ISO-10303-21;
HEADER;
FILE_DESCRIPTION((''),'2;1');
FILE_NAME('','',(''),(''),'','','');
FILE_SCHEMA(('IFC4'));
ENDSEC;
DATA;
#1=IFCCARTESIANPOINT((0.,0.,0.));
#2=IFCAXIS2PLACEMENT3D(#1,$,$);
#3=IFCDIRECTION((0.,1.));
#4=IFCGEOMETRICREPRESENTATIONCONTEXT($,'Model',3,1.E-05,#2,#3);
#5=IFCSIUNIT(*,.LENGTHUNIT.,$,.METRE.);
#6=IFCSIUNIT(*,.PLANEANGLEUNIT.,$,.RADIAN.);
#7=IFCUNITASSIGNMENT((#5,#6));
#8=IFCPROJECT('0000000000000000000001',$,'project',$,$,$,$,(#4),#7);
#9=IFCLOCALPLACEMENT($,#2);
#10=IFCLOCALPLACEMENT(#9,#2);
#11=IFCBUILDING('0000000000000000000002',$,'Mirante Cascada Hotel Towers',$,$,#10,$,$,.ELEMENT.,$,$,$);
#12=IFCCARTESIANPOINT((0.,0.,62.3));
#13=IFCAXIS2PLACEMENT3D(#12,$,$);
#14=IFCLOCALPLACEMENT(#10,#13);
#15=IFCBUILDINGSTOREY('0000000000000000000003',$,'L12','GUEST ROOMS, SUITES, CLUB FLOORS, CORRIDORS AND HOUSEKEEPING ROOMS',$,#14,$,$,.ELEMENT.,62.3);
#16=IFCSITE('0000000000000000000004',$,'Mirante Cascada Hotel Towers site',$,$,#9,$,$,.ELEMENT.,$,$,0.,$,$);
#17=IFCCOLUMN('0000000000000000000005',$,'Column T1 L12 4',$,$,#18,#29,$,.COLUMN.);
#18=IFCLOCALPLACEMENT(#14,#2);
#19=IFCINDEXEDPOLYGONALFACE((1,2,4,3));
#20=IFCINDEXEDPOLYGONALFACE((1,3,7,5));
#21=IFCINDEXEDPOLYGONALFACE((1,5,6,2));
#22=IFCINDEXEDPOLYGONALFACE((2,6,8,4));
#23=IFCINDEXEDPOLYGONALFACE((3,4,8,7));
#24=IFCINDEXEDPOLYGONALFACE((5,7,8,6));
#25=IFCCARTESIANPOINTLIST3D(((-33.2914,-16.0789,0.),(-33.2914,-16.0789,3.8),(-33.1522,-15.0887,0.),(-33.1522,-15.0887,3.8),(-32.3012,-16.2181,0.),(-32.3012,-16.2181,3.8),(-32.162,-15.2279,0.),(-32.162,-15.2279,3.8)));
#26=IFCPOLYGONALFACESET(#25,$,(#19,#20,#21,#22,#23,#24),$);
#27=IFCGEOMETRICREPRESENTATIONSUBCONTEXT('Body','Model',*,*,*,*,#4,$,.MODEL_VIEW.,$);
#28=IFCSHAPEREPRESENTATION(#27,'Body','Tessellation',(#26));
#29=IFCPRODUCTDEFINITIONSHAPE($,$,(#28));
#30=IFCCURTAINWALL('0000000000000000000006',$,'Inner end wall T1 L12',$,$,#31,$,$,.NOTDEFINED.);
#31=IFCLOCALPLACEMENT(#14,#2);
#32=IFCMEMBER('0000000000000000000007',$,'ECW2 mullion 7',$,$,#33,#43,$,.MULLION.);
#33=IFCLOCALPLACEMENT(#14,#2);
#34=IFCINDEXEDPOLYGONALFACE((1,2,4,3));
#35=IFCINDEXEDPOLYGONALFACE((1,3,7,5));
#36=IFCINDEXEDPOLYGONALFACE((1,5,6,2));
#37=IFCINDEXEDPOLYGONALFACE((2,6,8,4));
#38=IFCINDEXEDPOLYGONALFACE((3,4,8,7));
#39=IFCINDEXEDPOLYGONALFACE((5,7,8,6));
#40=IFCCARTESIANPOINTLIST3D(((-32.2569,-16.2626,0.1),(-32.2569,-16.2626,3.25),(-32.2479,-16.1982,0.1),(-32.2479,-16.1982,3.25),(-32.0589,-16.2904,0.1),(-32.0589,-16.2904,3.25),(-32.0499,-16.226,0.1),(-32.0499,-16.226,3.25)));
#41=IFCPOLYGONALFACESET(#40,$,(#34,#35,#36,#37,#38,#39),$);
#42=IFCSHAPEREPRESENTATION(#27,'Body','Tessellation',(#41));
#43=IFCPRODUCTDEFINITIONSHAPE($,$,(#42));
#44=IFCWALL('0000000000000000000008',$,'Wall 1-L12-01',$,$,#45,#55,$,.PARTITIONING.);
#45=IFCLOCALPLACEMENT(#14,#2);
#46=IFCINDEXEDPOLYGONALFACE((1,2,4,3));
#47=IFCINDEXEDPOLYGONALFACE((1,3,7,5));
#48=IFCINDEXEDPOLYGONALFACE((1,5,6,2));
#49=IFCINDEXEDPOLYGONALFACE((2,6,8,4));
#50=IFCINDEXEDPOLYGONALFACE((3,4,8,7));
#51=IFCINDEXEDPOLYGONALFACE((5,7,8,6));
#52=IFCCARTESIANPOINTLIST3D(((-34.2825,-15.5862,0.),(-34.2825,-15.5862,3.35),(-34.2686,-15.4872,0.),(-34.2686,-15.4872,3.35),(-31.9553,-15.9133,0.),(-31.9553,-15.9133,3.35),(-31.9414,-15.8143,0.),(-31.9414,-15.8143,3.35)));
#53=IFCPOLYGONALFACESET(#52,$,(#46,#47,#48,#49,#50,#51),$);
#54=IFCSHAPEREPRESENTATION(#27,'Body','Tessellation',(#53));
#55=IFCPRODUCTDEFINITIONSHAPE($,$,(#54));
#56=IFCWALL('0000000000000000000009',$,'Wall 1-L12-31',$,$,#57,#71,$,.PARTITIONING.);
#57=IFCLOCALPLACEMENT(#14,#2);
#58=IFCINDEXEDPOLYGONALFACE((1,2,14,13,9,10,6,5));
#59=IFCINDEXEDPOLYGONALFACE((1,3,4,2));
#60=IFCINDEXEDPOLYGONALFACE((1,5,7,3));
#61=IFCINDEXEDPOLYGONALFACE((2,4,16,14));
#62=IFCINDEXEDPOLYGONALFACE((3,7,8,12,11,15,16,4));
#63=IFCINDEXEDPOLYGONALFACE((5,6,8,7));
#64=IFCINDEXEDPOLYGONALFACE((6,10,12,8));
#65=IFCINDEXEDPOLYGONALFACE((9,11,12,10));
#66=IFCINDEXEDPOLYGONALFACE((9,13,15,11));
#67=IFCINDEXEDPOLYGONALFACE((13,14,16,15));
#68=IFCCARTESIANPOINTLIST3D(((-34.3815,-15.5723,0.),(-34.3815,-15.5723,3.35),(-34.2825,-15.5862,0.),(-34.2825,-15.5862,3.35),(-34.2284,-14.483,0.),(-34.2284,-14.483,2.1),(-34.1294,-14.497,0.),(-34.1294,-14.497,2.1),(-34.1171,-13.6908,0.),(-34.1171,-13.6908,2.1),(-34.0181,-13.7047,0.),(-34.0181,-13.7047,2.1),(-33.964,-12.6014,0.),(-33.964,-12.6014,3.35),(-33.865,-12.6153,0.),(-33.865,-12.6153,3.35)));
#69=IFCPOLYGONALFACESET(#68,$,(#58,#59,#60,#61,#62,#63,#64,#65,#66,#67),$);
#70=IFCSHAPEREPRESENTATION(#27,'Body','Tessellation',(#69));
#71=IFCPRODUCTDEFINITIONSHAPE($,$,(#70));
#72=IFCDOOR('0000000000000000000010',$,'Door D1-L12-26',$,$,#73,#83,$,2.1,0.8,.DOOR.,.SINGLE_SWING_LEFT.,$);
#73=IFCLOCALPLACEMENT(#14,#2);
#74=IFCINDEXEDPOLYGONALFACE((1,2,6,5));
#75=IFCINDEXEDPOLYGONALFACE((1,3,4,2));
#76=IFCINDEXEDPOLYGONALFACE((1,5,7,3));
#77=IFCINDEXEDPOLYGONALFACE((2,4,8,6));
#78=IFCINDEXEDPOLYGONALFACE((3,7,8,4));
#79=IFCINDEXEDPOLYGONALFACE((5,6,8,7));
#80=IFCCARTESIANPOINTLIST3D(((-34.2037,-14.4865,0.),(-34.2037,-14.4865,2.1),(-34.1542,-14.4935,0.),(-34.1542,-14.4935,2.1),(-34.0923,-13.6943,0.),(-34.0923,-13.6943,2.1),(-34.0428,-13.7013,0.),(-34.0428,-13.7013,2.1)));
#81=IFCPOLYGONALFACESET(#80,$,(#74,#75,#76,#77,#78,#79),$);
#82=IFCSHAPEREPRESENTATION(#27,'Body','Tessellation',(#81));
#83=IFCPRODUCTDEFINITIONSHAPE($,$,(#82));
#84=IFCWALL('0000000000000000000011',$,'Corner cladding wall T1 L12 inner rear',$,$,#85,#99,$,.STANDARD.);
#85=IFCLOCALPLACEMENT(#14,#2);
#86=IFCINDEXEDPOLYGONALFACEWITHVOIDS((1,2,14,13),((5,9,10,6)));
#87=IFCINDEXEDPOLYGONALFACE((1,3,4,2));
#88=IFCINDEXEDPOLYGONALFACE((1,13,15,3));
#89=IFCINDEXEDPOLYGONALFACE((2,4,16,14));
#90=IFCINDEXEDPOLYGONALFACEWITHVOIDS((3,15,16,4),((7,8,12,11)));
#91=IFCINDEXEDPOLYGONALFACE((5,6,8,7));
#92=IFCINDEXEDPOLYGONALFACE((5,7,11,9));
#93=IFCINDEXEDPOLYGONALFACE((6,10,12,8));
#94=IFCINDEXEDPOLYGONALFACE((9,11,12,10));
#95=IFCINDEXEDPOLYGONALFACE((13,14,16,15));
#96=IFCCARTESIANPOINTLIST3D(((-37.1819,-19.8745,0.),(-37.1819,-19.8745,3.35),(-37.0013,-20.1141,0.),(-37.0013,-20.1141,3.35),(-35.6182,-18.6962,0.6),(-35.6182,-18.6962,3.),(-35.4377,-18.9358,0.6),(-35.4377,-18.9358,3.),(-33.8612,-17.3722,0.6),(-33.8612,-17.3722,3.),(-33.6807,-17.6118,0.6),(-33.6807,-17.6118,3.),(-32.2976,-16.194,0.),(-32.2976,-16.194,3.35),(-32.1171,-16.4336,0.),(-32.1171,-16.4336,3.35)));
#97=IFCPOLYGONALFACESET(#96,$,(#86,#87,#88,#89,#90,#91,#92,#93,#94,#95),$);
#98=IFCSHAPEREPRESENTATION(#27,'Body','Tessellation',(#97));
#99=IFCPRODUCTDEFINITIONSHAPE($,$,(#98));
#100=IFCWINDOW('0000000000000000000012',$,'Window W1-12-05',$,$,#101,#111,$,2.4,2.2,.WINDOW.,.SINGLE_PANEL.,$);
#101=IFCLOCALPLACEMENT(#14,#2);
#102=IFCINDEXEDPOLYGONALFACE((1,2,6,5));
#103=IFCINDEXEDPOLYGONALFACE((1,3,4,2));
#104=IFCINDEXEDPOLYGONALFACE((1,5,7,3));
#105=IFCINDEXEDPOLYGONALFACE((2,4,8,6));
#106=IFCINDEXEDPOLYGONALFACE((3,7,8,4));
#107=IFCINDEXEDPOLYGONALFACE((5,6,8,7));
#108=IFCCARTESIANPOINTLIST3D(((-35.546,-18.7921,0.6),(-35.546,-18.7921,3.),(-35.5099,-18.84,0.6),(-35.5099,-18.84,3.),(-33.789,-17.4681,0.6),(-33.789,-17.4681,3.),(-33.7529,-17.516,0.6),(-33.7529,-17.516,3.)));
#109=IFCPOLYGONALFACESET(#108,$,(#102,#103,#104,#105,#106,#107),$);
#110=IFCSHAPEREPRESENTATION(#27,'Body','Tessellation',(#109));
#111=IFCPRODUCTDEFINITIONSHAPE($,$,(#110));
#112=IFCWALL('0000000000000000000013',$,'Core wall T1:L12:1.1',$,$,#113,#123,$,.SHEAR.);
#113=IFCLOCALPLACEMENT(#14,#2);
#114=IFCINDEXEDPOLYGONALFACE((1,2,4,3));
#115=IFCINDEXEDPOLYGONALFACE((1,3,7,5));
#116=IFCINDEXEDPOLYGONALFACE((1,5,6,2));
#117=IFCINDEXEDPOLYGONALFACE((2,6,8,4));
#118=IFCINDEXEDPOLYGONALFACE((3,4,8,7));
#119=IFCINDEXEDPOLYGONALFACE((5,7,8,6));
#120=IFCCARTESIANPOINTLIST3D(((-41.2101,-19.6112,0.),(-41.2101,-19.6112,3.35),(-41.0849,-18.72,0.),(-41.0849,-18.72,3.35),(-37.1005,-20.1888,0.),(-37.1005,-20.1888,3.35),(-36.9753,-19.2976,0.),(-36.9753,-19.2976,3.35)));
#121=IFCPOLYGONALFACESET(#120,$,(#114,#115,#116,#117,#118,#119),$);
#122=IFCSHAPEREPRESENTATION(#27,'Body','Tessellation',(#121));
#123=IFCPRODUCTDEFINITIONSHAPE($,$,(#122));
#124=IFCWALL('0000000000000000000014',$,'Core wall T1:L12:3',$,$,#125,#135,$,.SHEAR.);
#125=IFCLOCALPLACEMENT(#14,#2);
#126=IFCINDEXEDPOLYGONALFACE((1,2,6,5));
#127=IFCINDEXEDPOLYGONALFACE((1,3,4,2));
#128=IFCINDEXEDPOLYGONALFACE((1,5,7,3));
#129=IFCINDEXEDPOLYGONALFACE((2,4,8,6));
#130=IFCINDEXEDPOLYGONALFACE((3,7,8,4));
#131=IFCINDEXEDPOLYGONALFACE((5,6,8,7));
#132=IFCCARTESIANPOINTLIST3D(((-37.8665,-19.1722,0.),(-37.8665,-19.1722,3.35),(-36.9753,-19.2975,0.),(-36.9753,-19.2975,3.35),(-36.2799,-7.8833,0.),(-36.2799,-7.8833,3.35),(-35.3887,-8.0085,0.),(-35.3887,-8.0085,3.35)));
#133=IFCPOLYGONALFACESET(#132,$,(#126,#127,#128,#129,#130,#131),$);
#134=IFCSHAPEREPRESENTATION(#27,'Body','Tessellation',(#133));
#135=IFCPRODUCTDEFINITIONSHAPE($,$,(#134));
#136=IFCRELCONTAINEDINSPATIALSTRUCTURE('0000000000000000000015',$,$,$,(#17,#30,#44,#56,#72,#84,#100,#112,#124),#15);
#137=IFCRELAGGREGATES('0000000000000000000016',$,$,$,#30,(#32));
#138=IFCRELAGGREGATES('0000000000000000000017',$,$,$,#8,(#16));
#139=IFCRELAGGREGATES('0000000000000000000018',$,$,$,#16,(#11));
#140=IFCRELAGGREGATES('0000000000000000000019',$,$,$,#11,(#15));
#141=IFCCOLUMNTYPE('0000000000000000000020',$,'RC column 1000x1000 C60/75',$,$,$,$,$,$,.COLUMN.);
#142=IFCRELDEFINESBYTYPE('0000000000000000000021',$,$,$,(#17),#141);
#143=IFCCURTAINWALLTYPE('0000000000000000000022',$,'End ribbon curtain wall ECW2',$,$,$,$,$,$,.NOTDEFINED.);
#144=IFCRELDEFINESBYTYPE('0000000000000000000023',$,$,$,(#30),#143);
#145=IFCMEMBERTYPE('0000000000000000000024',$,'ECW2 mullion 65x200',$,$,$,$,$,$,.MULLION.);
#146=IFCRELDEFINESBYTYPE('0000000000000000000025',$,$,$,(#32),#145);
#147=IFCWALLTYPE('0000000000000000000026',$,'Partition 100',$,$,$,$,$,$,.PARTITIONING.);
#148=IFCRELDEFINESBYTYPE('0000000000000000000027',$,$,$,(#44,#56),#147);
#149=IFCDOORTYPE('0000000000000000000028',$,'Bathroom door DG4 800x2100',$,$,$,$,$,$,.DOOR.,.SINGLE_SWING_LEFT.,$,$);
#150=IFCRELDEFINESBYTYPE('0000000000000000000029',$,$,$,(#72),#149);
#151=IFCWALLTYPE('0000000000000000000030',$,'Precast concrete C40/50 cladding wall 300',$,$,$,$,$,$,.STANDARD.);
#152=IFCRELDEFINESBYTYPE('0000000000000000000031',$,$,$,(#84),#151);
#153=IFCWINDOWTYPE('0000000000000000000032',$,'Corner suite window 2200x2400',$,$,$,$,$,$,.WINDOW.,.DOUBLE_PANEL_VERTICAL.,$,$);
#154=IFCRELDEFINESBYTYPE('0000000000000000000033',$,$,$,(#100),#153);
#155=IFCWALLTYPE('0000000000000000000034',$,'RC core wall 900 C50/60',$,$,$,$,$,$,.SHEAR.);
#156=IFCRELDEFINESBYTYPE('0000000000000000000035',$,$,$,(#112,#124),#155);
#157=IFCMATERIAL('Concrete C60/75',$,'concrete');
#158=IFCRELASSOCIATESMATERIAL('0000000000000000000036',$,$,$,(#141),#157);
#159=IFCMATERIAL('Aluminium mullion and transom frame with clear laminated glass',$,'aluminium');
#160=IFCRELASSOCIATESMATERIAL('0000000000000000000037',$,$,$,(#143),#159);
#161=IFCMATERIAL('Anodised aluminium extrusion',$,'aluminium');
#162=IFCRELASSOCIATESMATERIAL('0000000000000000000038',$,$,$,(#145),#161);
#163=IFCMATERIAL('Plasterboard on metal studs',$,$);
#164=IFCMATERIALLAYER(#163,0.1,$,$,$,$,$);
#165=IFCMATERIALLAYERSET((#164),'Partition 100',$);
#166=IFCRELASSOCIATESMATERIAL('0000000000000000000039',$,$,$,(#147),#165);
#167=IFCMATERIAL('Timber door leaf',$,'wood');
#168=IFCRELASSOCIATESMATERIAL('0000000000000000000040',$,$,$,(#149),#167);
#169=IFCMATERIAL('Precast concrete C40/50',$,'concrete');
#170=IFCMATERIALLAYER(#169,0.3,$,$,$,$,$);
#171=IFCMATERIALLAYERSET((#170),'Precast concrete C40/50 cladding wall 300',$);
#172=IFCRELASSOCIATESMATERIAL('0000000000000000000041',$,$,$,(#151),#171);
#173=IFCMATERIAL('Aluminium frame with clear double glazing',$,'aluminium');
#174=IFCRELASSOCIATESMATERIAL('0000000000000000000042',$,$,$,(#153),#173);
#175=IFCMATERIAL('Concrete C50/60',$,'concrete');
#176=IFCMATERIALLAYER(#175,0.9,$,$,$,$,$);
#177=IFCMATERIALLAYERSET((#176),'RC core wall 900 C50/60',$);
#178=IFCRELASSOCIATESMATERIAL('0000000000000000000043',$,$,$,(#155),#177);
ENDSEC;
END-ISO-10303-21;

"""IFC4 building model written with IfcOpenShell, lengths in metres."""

from ifc_helpers import new_model, si_unit, direction, frame, frame_2d, origin, origin_2d, place, context, subcontext, project, spatial, rectangle, extrude, material, layer, layer_set, material_profile, profile_set, type_object, element, fill, aggregate, save


model = new_model("IFC4")

# Units and contexts
model_context = context("Model", 3, precision=1e-05, world=origin(), true_north=direction((0.0, 1.0)))
body_context = subcontext(model_context, "Body", "Model", "MODEL_VIEW")
ifc_project = project(units=[si_unit("LENGTHUNIT", "METRE"), si_unit("PLANEANGLEUNIT", "RADIAN")], contexts=[model_context])

# Site, building, storey
site_placement = place(None, origin())
site = spatial("IfcSite", under=ifc_project, at=site_placement, Name="Mirante Cascada Hotel Towers site", CompositionType="ELEMENT", RefElevation=0.0)
building_placement = place(site_placement, origin())
building = spatial("IfcBuilding", under=site, at=building_placement, Name="Mirante Cascada Hotel Towers", CompositionType="ELEMENT")
storey_placement = place(building_placement, frame((0.0, 0.0, 62.3)))
storey = spatial("IfcBuildingStorey", under=building, at=storey_placement, Name="L12", Description="GUEST ROOMS, SUITES, CLUB FLOORS, CORRIDORS AND HOUSEKEEPING ROOMS", CompositionType="ELEMENT", Elevation=62.3)

# Column
ifc_material_1 = material(Name="Concrete C60/75", Category="concrete")
ifc_material_profile_1 = material_profile(ifc_material_1, rectangle(XDim=1.0, YDim=1.0, at=origin_2d()), Name="RC column 1000x1000 C60/75")
ifc_profile_set_1 = profile_set([ifc_material_profile_1], Name="Concrete C60/75")
column_type = type_object("IfcColumnType", Name="RC column 1000x1000 C60/75", PredefinedType="COLUMN", material=ifc_profile_set_1)
column_placement = place(storey_placement, frame((-32.7267, -15.6534, 0.0), z_axis=(0.0, 0.0, 1.0), x_axis=(-0.990268, 0.139173, 0.0)))
element("IfcColumn", 1, at=column_placement, inside=storey, type_object=column_type, Name="Column T1 L12 4", PredefinedType="COLUMN", context=body_context, shape_type="SweptSolid", body=[
    extrude(rectangle(XDim=1.0, YDim=1.0, at=origin_2d()), origin(), (0.0, 0.0, 1.0), 3.8),
])

# Curtain wall, member
ifc_material_2 = material(Name="Aluminium mullion and transom frame with clear laminated glass", Category="aluminium")
curtain_wall_type = type_object("IfcCurtainWallType", Name="End ribbon curtain wall ECW2", PredefinedType="NOTDEFINED", material=ifc_material_2)
curtain_wall_placement = place(storey_placement, origin())
curtain_wall = element("IfcCurtainWall", 2, at=curtain_wall_placement, inside=storey, type_object=curtain_wall_type, Name="Inner end wall T1 L12", PredefinedType="NOTDEFINED")
ifc_material_3 = material(Name="Anodised aluminium extrusion", Category="aluminium")
ifc_material_profile_2 = material_profile(ifc_material_3, rectangle(XDim=0.2, YDim=0.065, at=origin_2d()), Name="ECW2 MULLION 65x200")
ifc_profile_set_2 = profile_set([ifc_material_profile_2], Name="Anodised aluminium extrusion")
member_type = type_object("IfcMemberType", Name="ECW2 mullion 65x200", PredefinedType="MULLION", material=ifc_profile_set_2)
member_placement = place(storey_placement, frame((-32.1534, -16.2443, 0.1), z_axis=(0.0, 0.0, 1.0), x_axis=(0.990268, -0.139173, 0.0)))
member = element("IfcMember", 3, at=member_placement, type_object=member_type, Name="ECW2 mullion 7", PredefinedType="MULLION", context=body_context, shape_type="SweptSolid", body=[
    extrude(rectangle(XDim=0.2, YDim=0.065, at=origin_2d()), origin(), (0.0, 0.0, 1.0), 3.15),
])
aggregate(curtain_wall, [member])

# Wall
ifc_material_4 = material(Name="Plasterboard on metal studs")
ifc_layer_1 = layer(ifc_material_4, 0.1)
ifc_layer_set_1 = layer_set([ifc_layer_1], Name="Partition 100")
wall_type_1 = type_object("IfcWallType", Name="Partition 100", PredefinedType="PARTITIONING", material=ifc_layer_set_1)
wall_1_placement = place(storey_placement, frame((-31.9484, -15.8638, 0.0), z_axis=(0.0, 0.0, 1.0), x_axis=(-0.990266, 0.139187, 0.0)))
element("IfcWall", 4, at=wall_1_placement, inside=storey, type_object=wall_type_1, Name="Wall 1-L12-01", PredefinedType="PARTITIONING", context=body_context, shape_type="SweptSolid", body=[
    extrude(rectangle(XDim=2.3501, YDim=0.1, at=frame_2d((1.175, 0.0))), origin(), (0.0, 0.0, 1.0), 3.35),
])

# Wall, opening, door
wall_2_placement = place(storey_placement, frame((-34.332, -15.5793, 0.0), z_axis=(0.0, 0.0, 1.0), x_axis=(0.139162, 0.99027, 0.0)))
wall_2 = element("IfcWall", 5, at=wall_2_placement, inside=storey, type_object=wall_type_1, Name="Wall 1-L12-31", PredefinedType="PARTITIONING", context=body_context, shape_type="SweptSolid", body=[
    extrude(rectangle(XDim=3.0001, YDim=0.1, at=frame_2d((1.5001, 0.0))), origin(), (0.0, 0.0, 1.0), 3.35),
])
opening_1_placement = place(wall_2_placement, frame((1.1, 0.0, 0.0)))
opening_1 = element("IfcOpeningElement", 6, at=opening_1_placement, cuts=wall_2, PredefinedType="OPENING", context=body_context, shape_type="SweptSolid", body=[
    extrude(rectangle(XDim=0.8, YDim=2.1, at=frame_2d((0.4, 1.05))), frame((0.0, 0.05, 0.0), z_axis=(0.0, -1.0, 0.0), x_axis=(1.0, 0.0, 0.0)), (0.0, 0.0, 1.0), 0.1),
])
ifc_material_5 = material(Name="Timber door leaf", Category="wood")
door_type = type_object("IfcDoorType", Name="Bathroom door DG4 800x2100", OperationType="SINGLE_SWING_LEFT", PredefinedType="DOOR", material=ifc_material_5)
door_placement = place(opening_1_placement, origin())
door = element("IfcDoor", 7, at=door_placement, inside=storey, type_object=door_type, Name="Door D1-L12-26", OperationType="SINGLE_SWING_LEFT", OverallHeight=2.1, OverallWidth=0.8, PredefinedType="DOOR", context=body_context, shape_type="SweptSolid", body=[
    extrude(rectangle(XDim=0.8, YDim=2.1, at=frame_2d((0.4, 1.05))), frame((0.0, 0.025, 0.0), z_axis=(0.0, -1.0, 0.0), x_axis=(1.0, 0.0, 0.0)), (0.0, 0.0, 1.0), 0.05),
])
fill(opening_1, door)

# Wall, opening, window
ifc_material_6 = material(Name="Precast concrete C40/50", Category="concrete")
ifc_layer_2 = layer(ifc_material_6, 0.3)
ifc_layer_set_2 = layer_set([ifc_layer_2], Name="Precast concrete C40/50 cladding wall 300")
wall_type_2 = type_object("IfcWallType", Name="Precast concrete C40/50 cladding wall 300", PredefinedType="STANDARD", material=ifc_layer_set_2)
wall_3_placement = place(storey_placement, frame((-32.2074, -16.3138, 0.0), z_axis=(0.0, 0.0, 1.0), x_axis=(-0.798636, -0.601814, 0.0)))
wall_3 = element("IfcWall", 8, at=wall_3_placement, inside=storey, type_object=wall_type_2, Name="Corner cladding wall T1 L12 inner rear", PredefinedType="STANDARD", context=body_context, shape_type="SweptSolid", body=[
    extrude(rectangle(XDim=6.1157, YDim=0.3, at=frame_2d((3.0578, 0.0))), origin(), (0.0, 0.0, 1.0), 3.35),
])
opening_2_placement = place(wall_3_placement, frame((1.9578, 0.0, 0.6)))
opening_2 = element("IfcOpeningElement", 9, at=opening_2_placement, cuts=wall_3, PredefinedType="OPENING", context=body_context, shape_type="SweptSolid", body=[
    extrude(rectangle(XDim=2.2, YDim=2.4, at=frame_2d((1.1, 1.2))), frame((0.0, 0.15, 0.0), z_axis=(0.0, -1.0, 0.0), x_axis=(1.0, 0.0, 0.0)), (0.0, 0.0, 1.0), 0.3),
])
ifc_material_7 = material(Name="Aluminium frame with clear double glazing", Category="aluminium")
window_type = type_object("IfcWindowType", Name="Corner suite window 2200x2400", PartitioningType="DOUBLE_PANEL_VERTICAL", PredefinedType="WINDOW", material=ifc_material_7)
window_placement = place(opening_2_placement, origin())
window = element("IfcWindow", 10, at=window_placement, inside=storey, type_object=window_type, Name="Window W1-12-05", OverallHeight=2.4, OverallWidth=2.2, PartitioningType="SINGLE_PANEL", PredefinedType="WINDOW", context=body_context, shape_type="SweptSolid", body=[
    extrude(rectangle(XDim=2.2, YDim=2.4, at=frame_2d((1.1, 1.2))), frame((0.0, 0.03, 0.0), z_axis=(0.0, -1.0, 0.0), x_axis=(1.0, 0.0, 0.0)), (0.0, 0.0, 1.0), 0.06),
])
fill(opening_2, window)

# Walls
ifc_material_8 = material(Name="Concrete C50/60", Category="concrete")
ifc_layer_3 = layer(ifc_material_8, 0.9)
ifc_layer_set_3 = layer_set([ifc_layer_3], Name="RC core wall 900 C50/60")
wall_type_3 = type_object("IfcWallType", Name="RC core wall 900 C50/60", PredefinedType="SHEAR", material=ifc_layer_set_3)
wall_4_placement = place(storey_placement, frame((-37.0379, -19.7432, 0.0), z_axis=(0.0, 0.0, 1.0), x_axis=(-0.990267, 0.139181, 0.0)))
element("IfcWall", 11, at=wall_4_placement, inside=storey, type_object=wall_type_3, Name="Core wall T1:L12:1.1", PredefinedType="SHEAR", context=body_context, shape_type="SweptSolid", body=[
    extrude(rectangle(XDim=4.15, YDim=0.9, at=frame_2d((2.075, 0.0))), origin(), (0.0, 0.0, 1.0), 3.35),
])
wall_5_placement = place(storey_placement, frame((-37.4209, -19.2349, 0.0), z_axis=(0.0, 0.0, 1.0), x_axis=(0.139176, 0.990268, 0.0)))
element("IfcWall", 12, at=wall_5_placement, inside=storey, type_object=wall_type_3, Name="Core wall T1:L12:3", PredefinedType="SHEAR", context=body_context, shape_type="SweptSolid", body=[
    extrude(rectangle(XDim=11.3999, YDim=0.9, at=frame_2d((5.7, 0.0))), origin(), (0.0, 0.0, 1.0), 3.35),
])

save(model, "model.ifc")
